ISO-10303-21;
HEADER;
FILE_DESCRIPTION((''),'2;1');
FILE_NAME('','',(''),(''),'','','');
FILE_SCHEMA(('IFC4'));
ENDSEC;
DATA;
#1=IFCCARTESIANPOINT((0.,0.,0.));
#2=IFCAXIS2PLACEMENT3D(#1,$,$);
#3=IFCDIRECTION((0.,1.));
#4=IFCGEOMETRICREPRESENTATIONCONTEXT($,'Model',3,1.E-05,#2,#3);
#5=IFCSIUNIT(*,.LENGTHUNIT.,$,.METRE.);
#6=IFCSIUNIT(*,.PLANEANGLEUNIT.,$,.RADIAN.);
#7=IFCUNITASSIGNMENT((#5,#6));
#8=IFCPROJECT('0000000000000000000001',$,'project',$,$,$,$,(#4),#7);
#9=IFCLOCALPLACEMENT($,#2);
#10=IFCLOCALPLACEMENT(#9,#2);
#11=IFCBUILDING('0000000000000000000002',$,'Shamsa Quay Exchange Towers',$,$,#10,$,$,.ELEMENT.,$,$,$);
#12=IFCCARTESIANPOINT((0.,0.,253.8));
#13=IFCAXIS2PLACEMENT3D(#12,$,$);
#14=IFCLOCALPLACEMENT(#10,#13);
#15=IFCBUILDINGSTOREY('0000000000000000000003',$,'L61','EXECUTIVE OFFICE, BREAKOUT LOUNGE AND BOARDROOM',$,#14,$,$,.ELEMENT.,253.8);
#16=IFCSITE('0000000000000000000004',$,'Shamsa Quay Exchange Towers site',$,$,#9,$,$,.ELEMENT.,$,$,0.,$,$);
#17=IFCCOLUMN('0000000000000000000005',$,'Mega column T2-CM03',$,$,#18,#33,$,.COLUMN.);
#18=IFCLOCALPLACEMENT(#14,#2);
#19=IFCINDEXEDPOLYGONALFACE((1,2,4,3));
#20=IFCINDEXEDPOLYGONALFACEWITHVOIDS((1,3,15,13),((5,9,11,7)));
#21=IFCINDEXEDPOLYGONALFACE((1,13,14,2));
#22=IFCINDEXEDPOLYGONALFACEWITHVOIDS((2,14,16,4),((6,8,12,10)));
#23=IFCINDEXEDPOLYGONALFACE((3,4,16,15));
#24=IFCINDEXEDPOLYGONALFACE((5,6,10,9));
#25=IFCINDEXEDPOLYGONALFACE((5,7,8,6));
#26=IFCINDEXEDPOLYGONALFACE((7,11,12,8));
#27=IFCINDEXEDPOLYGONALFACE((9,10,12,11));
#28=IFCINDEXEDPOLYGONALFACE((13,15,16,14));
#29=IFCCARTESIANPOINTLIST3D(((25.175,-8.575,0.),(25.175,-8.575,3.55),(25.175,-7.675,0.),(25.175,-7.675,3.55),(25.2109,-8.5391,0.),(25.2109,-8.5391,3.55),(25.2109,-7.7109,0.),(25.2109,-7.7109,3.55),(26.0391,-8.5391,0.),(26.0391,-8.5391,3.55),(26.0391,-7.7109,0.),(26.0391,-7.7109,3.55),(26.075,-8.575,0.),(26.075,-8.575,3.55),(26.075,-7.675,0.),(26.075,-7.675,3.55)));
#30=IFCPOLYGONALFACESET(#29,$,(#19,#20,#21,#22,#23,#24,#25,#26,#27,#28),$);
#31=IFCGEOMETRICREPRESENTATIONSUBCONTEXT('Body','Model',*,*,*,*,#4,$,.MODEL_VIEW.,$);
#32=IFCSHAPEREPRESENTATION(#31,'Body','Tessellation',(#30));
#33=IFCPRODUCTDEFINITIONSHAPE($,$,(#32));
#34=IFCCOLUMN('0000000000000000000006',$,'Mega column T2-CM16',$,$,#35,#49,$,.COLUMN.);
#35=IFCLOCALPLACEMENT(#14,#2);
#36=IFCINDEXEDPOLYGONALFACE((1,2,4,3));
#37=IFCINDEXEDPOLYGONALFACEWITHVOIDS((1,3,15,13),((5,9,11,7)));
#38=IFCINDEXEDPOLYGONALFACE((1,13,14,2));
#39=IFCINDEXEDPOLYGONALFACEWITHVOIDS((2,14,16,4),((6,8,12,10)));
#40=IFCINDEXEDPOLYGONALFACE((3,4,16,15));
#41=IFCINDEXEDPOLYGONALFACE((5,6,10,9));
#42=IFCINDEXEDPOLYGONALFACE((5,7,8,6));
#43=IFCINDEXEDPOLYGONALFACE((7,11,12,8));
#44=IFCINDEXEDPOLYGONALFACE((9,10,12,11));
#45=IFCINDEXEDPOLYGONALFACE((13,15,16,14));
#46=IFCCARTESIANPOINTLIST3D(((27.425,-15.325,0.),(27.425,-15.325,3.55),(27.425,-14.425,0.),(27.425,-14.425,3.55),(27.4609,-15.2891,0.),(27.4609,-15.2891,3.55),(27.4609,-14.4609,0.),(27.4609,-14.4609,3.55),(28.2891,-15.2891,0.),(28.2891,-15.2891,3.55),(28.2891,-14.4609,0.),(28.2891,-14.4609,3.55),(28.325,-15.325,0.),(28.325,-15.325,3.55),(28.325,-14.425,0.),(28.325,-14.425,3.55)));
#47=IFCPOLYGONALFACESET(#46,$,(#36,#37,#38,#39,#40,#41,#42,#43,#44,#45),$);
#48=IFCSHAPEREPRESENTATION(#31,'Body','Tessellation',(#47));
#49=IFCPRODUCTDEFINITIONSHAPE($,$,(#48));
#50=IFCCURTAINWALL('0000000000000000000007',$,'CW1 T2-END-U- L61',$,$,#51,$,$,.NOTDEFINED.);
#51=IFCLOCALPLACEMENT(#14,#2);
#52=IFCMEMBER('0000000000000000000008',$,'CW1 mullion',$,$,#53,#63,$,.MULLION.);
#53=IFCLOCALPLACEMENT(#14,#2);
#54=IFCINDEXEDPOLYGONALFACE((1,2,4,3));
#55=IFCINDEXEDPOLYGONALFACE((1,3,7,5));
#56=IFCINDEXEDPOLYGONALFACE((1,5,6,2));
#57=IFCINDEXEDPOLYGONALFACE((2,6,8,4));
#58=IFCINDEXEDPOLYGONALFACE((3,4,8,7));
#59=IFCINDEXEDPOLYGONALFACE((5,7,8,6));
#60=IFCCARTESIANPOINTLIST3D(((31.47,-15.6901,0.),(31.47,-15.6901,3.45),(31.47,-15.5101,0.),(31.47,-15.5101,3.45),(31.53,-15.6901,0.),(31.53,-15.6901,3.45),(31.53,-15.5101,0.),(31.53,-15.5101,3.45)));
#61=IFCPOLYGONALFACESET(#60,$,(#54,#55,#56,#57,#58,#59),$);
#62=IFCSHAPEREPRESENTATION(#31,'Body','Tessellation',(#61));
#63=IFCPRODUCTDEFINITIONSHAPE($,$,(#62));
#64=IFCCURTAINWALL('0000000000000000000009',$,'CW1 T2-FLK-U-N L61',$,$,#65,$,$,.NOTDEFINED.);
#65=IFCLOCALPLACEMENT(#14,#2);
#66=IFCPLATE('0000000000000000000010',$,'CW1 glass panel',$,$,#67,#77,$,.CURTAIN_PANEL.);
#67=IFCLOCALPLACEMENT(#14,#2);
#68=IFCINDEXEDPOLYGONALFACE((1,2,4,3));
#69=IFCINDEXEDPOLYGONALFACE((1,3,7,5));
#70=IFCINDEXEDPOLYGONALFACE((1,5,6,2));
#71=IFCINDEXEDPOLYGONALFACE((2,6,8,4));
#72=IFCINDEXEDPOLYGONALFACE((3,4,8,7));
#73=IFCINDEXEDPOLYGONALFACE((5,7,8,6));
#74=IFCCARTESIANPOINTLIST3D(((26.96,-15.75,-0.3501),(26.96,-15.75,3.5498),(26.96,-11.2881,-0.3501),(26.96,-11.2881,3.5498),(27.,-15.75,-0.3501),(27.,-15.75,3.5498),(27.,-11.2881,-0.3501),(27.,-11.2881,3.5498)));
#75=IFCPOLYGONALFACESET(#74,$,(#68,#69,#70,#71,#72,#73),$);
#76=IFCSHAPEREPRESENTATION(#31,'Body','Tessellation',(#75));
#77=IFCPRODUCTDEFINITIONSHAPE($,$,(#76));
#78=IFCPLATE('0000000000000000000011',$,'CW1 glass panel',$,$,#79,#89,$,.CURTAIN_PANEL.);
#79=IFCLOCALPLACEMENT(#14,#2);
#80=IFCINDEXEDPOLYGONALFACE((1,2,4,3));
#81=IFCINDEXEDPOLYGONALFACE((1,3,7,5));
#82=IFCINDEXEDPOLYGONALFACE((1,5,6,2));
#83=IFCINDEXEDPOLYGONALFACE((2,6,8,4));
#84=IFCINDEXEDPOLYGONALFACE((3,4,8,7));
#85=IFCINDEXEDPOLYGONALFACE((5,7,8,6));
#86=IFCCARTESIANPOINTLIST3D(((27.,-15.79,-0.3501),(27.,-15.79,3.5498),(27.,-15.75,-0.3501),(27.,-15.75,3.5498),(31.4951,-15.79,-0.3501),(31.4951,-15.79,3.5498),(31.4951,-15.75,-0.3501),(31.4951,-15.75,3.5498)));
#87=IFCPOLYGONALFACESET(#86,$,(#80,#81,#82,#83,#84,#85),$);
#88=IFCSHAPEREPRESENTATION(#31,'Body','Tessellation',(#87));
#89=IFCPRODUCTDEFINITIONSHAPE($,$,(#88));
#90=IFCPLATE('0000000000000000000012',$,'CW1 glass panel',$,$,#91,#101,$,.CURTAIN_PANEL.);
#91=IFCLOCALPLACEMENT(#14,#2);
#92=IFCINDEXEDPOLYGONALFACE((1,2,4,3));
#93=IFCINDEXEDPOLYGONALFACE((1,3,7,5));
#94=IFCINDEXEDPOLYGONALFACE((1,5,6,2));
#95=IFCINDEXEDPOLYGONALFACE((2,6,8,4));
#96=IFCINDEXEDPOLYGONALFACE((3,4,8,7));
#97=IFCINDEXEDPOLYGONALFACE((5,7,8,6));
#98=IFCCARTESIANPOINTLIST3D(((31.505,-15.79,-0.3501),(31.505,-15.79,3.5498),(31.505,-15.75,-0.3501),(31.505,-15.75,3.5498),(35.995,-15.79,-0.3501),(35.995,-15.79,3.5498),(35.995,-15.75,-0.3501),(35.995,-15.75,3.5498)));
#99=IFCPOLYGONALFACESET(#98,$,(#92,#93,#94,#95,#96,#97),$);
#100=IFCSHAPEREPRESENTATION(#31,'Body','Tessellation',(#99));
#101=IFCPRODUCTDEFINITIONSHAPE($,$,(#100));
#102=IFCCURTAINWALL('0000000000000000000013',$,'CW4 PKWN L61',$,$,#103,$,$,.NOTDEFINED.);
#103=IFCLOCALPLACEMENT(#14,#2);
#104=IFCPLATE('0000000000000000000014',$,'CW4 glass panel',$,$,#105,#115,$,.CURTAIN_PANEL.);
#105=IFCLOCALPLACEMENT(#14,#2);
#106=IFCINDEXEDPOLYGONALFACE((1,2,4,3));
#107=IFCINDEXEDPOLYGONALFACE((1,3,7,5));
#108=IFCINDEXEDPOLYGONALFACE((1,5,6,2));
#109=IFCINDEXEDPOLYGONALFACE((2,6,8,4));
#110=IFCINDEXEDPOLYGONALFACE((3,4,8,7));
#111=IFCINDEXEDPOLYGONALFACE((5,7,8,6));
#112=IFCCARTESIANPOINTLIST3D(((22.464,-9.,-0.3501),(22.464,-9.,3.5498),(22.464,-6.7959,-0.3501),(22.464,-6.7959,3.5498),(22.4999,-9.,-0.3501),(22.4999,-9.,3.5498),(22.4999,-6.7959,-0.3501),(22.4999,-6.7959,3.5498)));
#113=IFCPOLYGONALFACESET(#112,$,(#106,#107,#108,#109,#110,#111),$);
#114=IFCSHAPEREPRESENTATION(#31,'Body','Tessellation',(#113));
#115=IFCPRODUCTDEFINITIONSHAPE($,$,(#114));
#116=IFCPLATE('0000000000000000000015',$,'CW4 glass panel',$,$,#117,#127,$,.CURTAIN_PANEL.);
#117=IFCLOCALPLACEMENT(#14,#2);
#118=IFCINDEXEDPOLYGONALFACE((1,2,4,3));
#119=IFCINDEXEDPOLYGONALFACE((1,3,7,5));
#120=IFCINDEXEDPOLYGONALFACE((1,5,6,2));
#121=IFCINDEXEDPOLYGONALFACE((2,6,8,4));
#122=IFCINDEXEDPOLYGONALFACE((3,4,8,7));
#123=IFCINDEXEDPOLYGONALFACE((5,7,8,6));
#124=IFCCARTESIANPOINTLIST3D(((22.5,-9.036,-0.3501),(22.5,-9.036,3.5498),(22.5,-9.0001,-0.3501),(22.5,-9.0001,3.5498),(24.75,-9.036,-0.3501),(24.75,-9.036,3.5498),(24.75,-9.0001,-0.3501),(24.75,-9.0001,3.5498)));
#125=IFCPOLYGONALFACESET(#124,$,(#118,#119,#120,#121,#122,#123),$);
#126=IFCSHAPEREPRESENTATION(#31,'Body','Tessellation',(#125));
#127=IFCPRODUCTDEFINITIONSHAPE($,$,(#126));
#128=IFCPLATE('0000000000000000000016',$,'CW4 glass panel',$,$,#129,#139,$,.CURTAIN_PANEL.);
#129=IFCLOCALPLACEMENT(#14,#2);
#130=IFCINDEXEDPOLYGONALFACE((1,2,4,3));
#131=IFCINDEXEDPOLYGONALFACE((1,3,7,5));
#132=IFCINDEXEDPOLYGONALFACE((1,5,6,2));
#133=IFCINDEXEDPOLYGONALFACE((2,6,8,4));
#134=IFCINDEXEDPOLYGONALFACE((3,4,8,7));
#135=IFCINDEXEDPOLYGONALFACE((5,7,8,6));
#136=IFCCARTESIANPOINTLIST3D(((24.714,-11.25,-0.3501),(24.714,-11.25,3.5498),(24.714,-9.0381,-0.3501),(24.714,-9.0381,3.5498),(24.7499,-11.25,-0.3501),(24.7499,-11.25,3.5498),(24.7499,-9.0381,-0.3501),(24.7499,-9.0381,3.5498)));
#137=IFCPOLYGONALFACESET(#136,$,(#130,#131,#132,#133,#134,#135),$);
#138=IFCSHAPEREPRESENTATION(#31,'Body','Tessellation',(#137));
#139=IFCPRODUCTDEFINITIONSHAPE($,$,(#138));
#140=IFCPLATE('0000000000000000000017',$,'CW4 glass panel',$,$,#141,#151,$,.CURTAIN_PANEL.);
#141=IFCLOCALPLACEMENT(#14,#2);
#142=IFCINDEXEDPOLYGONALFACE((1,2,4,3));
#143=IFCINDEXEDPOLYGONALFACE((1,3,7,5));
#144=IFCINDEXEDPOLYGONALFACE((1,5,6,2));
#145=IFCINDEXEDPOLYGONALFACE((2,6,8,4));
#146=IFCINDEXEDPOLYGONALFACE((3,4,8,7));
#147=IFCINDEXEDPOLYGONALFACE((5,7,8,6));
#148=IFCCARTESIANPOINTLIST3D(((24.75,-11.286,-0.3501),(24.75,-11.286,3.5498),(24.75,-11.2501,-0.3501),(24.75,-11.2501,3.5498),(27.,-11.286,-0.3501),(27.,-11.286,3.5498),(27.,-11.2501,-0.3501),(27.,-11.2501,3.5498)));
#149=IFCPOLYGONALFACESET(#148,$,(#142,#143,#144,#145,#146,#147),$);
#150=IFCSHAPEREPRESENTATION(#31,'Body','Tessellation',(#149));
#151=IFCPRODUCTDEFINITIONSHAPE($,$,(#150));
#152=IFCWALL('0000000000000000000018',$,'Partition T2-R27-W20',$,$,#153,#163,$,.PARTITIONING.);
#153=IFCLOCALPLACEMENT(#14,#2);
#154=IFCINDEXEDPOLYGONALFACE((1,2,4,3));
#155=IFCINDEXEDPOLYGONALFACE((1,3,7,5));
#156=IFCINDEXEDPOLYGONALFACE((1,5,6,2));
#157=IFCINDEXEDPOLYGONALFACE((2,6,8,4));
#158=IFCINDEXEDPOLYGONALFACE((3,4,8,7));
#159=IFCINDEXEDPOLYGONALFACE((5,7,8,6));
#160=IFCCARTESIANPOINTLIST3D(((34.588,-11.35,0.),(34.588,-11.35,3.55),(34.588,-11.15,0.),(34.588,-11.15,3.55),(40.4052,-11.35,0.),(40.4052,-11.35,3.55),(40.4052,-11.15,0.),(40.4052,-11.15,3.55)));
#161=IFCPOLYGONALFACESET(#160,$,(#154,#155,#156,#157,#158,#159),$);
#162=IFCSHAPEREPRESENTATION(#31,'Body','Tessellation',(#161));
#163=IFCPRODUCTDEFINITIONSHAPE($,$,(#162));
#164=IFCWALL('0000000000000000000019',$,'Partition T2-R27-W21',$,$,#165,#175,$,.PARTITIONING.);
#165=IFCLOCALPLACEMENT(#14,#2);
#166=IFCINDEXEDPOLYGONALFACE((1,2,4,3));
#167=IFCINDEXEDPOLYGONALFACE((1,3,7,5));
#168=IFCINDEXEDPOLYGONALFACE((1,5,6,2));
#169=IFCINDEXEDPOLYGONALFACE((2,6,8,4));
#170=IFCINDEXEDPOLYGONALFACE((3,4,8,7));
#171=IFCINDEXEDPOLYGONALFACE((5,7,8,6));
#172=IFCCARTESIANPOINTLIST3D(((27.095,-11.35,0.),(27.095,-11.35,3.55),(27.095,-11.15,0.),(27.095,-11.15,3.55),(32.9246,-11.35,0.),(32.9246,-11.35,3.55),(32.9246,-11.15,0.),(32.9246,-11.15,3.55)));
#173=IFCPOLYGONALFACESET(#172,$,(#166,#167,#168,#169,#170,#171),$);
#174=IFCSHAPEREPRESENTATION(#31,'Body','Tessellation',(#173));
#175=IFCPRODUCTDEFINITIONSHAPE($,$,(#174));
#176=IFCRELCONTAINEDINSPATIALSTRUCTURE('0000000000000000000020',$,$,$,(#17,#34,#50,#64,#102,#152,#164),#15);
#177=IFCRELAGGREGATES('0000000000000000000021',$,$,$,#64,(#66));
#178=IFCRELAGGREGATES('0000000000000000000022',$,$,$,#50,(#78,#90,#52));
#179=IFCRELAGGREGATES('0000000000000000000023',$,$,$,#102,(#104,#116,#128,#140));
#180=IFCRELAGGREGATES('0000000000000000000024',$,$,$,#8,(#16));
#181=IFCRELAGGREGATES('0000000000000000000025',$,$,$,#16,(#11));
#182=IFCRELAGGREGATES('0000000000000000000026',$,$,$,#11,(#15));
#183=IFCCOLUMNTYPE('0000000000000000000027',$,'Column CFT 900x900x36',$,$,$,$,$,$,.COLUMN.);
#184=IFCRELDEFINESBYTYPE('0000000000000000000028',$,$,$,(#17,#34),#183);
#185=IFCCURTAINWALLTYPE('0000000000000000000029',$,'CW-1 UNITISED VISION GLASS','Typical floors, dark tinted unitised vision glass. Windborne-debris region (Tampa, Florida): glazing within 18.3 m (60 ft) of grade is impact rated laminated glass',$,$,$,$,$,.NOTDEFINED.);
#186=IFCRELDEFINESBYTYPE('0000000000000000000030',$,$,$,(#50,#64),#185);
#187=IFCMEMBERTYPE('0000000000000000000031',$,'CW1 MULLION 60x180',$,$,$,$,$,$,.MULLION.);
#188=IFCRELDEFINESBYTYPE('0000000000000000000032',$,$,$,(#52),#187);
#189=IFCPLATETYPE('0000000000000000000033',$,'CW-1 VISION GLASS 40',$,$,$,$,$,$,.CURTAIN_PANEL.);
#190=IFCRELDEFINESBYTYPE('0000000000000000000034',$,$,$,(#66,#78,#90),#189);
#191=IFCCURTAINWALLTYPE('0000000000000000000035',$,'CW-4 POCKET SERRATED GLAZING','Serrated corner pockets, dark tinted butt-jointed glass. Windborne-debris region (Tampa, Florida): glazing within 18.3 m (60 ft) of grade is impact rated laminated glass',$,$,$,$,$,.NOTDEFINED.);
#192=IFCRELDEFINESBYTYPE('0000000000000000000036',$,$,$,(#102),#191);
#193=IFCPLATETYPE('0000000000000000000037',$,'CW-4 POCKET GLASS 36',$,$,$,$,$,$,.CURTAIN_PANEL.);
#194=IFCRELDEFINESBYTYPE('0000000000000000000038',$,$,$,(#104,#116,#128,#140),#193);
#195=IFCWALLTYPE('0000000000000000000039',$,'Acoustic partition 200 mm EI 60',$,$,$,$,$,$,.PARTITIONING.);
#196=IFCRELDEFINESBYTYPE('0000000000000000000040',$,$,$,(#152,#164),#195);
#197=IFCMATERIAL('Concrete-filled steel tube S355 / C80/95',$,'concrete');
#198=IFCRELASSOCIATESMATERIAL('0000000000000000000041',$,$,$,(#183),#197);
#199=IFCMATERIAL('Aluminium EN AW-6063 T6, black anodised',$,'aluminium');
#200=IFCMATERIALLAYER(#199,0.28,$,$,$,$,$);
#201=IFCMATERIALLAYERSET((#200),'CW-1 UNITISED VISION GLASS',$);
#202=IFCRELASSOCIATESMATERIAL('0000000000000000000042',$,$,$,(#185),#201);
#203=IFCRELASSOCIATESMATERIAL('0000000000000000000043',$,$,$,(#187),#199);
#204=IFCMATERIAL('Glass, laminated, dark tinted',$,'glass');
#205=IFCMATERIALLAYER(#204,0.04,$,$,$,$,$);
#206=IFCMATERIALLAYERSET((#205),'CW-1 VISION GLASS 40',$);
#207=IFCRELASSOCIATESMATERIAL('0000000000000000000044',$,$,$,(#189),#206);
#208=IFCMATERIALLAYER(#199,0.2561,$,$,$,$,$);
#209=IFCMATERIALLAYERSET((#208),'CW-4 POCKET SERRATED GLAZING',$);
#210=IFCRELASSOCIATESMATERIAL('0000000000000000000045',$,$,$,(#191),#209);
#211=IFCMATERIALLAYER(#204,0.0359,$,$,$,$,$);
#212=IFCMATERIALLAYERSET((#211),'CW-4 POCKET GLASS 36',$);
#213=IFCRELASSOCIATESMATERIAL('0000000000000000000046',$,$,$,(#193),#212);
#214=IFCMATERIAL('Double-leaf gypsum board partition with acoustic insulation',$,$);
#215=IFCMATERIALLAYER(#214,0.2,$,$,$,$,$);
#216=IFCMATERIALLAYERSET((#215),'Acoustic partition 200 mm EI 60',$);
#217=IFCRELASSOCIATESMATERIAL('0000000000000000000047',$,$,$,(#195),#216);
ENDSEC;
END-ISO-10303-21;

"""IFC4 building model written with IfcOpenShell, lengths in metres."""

from ifc_helpers import new_model, si_unit, direction, frame, frame_2d, origin, origin_2d, place, context, subcontext, project, spatial, rectangle, hollow_rectangle, extrude, material, layer, layer_set, material_profile, profile_set, type_object, element, aggregate, save


model = new_model("IFC4")

# Units and contexts
model_context = context("Model", 3, precision=1e-05, world=origin(), true_north=direction((0.0, 1.0)))
body_context = subcontext(model_context, "Body", "Model", "MODEL_VIEW")
ifc_project = project(units=[si_unit("LENGTHUNIT", "METRE"), si_unit("PLANEANGLEUNIT", "RADIAN")], contexts=[model_context])

# Site, building, storey
site_placement = place(None, origin())
site = spatial("IfcSite", under=ifc_project, at=site_placement, Name="Shamsa Quay Exchange Towers site", CompositionType="ELEMENT", RefElevation=0.0)
building_placement = place(site_placement, origin())
building = spatial("IfcBuilding", under=site, at=building_placement, Name="Shamsa Quay Exchange Towers", CompositionType="ELEMENT")
storey_placement = place(building_placement, frame((0.0, 0.0, 253.8)))
storey = spatial("IfcBuildingStorey", under=building, at=storey_placement, Name="L61", Description="EXECUTIVE OFFICE, BREAKOUT LOUNGE AND BOARDROOM", CompositionType="ELEMENT", Elevation=253.8)

# Columns
ifc_material_1 = material(Name="Concrete-filled steel tube S355 / C80/95", Category="concrete")
ifc_material_profile_1 = material_profile(ifc_material_1, hollow_rectangle(XDim=0.8999, YDim=0.8999, WallThickness=0.0359, at=origin_2d()), Name="CFT 900x900x36")
ifc_profile_set_1 = profile_set([ifc_material_profile_1], Name="Concrete-filled steel tube S355 / C80/95")
column_type = type_object("IfcColumnType", Name="Column CFT 900x900x36", PredefinedType="COLUMN", material=ifc_profile_set_1)
for number, where, name in (
    (1, (25.625, -8.125, 0.0), "Mega column T2-CM03"),
    (2, (27.875, -14.875, 0.0), "Mega column T2-CM16"),
):
    element("IfcColumn", number, at=place(storey_placement, frame(where)), inside=storey, type_object=column_type, Name=name, PredefinedType="COLUMN", context=body_context, shape_type="SweptSolid", body=[
        extrude(hollow_rectangle(XDim=0.8999, YDim=0.8999, WallThickness=0.0359, at=origin_2d()), origin(), (0.0, 0.0, 1.0), 3.55),
    ])

# Curtain wall, member
ifc_material_2 = material(Name="Aluminium EN AW-6063 T6, black anodised", Category="aluminium")
ifc_layer_1 = layer(ifc_material_2, 0.28)
ifc_layer_set_1 = layer_set([ifc_layer_1], Name="CW-1 UNITISED VISION GLASS")
curtain_wall_type_1 = type_object("IfcCurtainWallType", Name="CW-1 UNITISED VISION GLASS", Description="Typical floors, dark tinted unitised vision glass. Windborne-debris region (Tampa, Florida): glazing within 18.3 m (60 ft) of grade is impact rated laminated glass", PredefinedType="NOTDEFINED", material=ifc_layer_set_1)
curtain_wall_1_placement = place(storey_placement, origin())
curtain_wall_1 = element("IfcCurtainWall", 3, at=curtain_wall_1_placement, inside=storey, type_object=curtain_wall_type_1, Name="CW1 T2-END-U- L61", PredefinedType="NOTDEFINED")
ifc_material_profile_2 = material_profile(ifc_material_2, rectangle(XDim=0.1799, YDim=0.0601, at=origin_2d()), Name="MU60x180")
ifc_profile_set_2 = profile_set([ifc_material_profile_2], Name="Aluminium EN AW-6063 T6, black anodised")
member_type = type_object("IfcMemberType", Name="CW1 MULLION 60x180", PredefinedType="MULLION", material=ifc_profile_set_2)
member_placement = place(storey_placement, frame((31.5, -15.6001, 0.0), z_axis=(0.0, 0.0, 1.0), x_axis=(0.0, 1.0, 0.0)))
member = element("IfcMember", 4, at=member_placement, type_object=member_type, Name="CW1 mullion", PredefinedType="MULLION", context=body_context, shape_type="SweptSolid", body=[
    extrude(rectangle(XDim=0.1799, YDim=0.0601, at=origin_2d()), origin(), (0.0, 0.0, 1.0), 3.45),
])

# Curtain wall, plate
curtain_wall_2_placement = place(storey_placement, origin())
curtain_wall_2 = element("IfcCurtainWall", 5, at=curtain_wall_2_placement, inside=storey, type_object=curtain_wall_type_1, Name="CW1 T2-FLK-U-N L61", PredefinedType="NOTDEFINED")
ifc_material_3 = material(Name="Glass, laminated, dark tinted", Category="glass")
ifc_layer_2 = layer(ifc_material_3, 0.04)
ifc_layer_set_2 = layer_set([ifc_layer_2], Name="CW-1 VISION GLASS 40")
plate_type_1 = type_object("IfcPlateType", Name="CW-1 VISION GLASS 40", PredefinedType="CURTAIN_PANEL", material=ifc_layer_set_2)
plate_1_placement = place(storey_placement, frame((26.98, -13.519, -0.3501), z_axis=(0.0, 0.0, 1.0), x_axis=(0.0, -1.0, 0.0)))
plate_1 = element("IfcPlate", 6, at=plate_1_placement, type_object=plate_type_1, Name="CW1 glass panel", PredefinedType="CURTAIN_PANEL", context=body_context, shape_type="SweptSolid", body=[
    extrude(rectangle(XDim=4.4619, YDim=0.04, at=origin_2d()), origin(), (0.0, 0.0, 1.0), 3.8999),
])
aggregate(curtain_wall_2, [plate_1])

# Plates
plate_2_placement = place(storey_placement, frame((29.2476, -15.77, -0.3501)))
plate_2 = element("IfcPlate", 7, at=plate_2_placement, type_object=plate_type_1, Name="CW1 glass panel", PredefinedType="CURTAIN_PANEL", context=body_context, shape_type="SweptSolid", body=[
    extrude(rectangle(XDim=4.4951, YDim=0.04, at=origin_2d()), origin(), (0.0, 0.0, 1.0), 3.8999),
])
plate_3_placement = place(storey_placement, frame((33.75, -15.77, -0.3501)))
plate_3 = element("IfcPlate", 8, at=plate_3_placement, type_object=plate_type_1, Name="CW1 glass panel", PredefinedType="CURTAIN_PANEL", context=body_context, shape_type="SweptSolid", body=[
    extrude(rectangle(XDim=4.49, YDim=0.04, at=origin_2d()), origin(), (0.0, 0.0, 1.0), 3.8999),
])
aggregate(curtain_wall_1, [plate_2, plate_3, member])

# Curtain wall, plates
ifc_layer_3 = layer(ifc_material_2, 0.2561)
ifc_layer_set_3 = layer_set([ifc_layer_3], Name="CW-4 POCKET SERRATED GLAZING")
curtain_wall_type_2 = type_object("IfcCurtainWallType", Name="CW-4 POCKET SERRATED GLAZING", Description="Serrated corner pockets, dark tinted butt-jointed glass. Windborne-debris region (Tampa, Florida): glazing within 18.3 m (60 ft) of grade is impact rated laminated glass", PredefinedType="NOTDEFINED", material=ifc_layer_set_3)
curtain_wall_3_placement = place(storey_placement, origin())
curtain_wall_3 = element("IfcCurtainWall", 9, at=curtain_wall_3_placement, inside=storey, type_object=curtain_wall_type_2, Name="CW4 PKWN L61", PredefinedType="NOTDEFINED")
ifc_layer_4 = layer(ifc_material_3, 0.0359)
ifc_layer_set_4 = layer_set([ifc_layer_4], Name="CW-4 POCKET GLASS 36")
plate_type_2 = type_object("IfcPlateType", Name="CW-4 POCKET GLASS 36", PredefinedType="CURTAIN_PANEL", material=ifc_layer_set_4)
plate_4_placement = place(storey_placement, frame((22.4819, -7.8979, -0.3501), z_axis=(0.0, 0.0, 1.0), x_axis=(0.0, -1.0, 0.0)))
plate_4 = element("IfcPlate", 10, at=plate_4_placement, type_object=plate_type_2, Name="CW4 glass panel", PredefinedType="CURTAIN_PANEL", context=body_context, shape_type="SweptSolid", body=[
    extrude(rectangle(XDim=2.2041, YDim=0.0359, at=origin_2d()), origin(), (0.0, 0.0, 1.0), 3.8999),
])
plate_5_placement = place(storey_placement, frame((23.625, -9.0181, -0.3501)))
plate_5 = element("IfcPlate", 11, at=plate_5_placement, type_object=plate_type_2, Name="CW4 glass panel", PredefinedType="CURTAIN_PANEL", context=body_context, shape_type="SweptSolid", body=[
    extrude(rectangle(XDim=2.25, YDim=0.0359, at=origin_2d()), origin(), (0.0, 0.0, 1.0), 3.8999),
])
plate_6_placement = place(storey_placement, frame((24.7319, -10.144, -0.3501), z_axis=(0.0, 0.0, 1.0), x_axis=(0.0, -1.0, 0.0)))
plate_6 = element("IfcPlate", 12, at=plate_6_placement, type_object=plate_type_2, Name="CW4 glass panel", PredefinedType="CURTAIN_PANEL", context=body_context, shape_type="SweptSolid", body=[
    extrude(rectangle(XDim=2.2119, YDim=0.0359, at=origin_2d()), origin(), (0.0, 0.0, 1.0), 3.8999),
])
plate_7_placement = place(storey_placement, frame((25.875, -11.2681, -0.3501)))
plate_7 = element("IfcPlate", 13, at=plate_7_placement, type_object=plate_type_2, Name="CW4 glass panel", PredefinedType="CURTAIN_PANEL", context=body_context, shape_type="SweptSolid", body=[
    extrude(rectangle(XDim=2.25, YDim=0.0359, at=origin_2d()), origin(), (0.0, 0.0, 1.0), 3.8999),
])
aggregate(curtain_wall_3, [plate_4, plate_5, plate_6, plate_7])

# Walls
ifc_material_4 = material(Name="Double-leaf gypsum board partition with acoustic insulation")
ifc_layer_5 = layer(ifc_material_4, 0.2)
ifc_layer_set_5 = layer_set([ifc_layer_5], Name="Acoustic partition 200 mm EI 60")
wall_type_1 = type_object("IfcWallType", Name="Acoustic partition 200 mm EI 60", PredefinedType="PARTITIONING", material=ifc_layer_set_5)
wall_1_placement = place(storey_placement, frame((34.5879, -11.25, 0.0)))
element("IfcWall", 14, at=wall_1_placement, inside=storey, type_object=wall_type_1, Name="Partition T2-R27-W20", PredefinedType="PARTITIONING", context=body_context, shape_type="SweptSolid", body=[
    extrude(rectangle(XDim=5.8171, YDim=0.2, at=frame_2d((2.9087, 0.0))), origin(), (0.0, 0.0, 1.0), 3.55),
])
wall_2_placement = place(storey_placement, frame((27.095, -11.25, 0.0)))
element("IfcWall", 15, at=wall_2_placement, inside=storey, type_object=wall_type_1, Name="Partition T2-R27-W21", PredefinedType="PARTITIONING", context=body_context, shape_type="SweptSolid", body=[
    extrude(rectangle(XDim=5.8296, YDim=0.2, at=frame_2d((2.9148, 0.0))), origin(), (0.0, 0.0, 1.0), 3.55),
])

save(model, "model.ifc")
